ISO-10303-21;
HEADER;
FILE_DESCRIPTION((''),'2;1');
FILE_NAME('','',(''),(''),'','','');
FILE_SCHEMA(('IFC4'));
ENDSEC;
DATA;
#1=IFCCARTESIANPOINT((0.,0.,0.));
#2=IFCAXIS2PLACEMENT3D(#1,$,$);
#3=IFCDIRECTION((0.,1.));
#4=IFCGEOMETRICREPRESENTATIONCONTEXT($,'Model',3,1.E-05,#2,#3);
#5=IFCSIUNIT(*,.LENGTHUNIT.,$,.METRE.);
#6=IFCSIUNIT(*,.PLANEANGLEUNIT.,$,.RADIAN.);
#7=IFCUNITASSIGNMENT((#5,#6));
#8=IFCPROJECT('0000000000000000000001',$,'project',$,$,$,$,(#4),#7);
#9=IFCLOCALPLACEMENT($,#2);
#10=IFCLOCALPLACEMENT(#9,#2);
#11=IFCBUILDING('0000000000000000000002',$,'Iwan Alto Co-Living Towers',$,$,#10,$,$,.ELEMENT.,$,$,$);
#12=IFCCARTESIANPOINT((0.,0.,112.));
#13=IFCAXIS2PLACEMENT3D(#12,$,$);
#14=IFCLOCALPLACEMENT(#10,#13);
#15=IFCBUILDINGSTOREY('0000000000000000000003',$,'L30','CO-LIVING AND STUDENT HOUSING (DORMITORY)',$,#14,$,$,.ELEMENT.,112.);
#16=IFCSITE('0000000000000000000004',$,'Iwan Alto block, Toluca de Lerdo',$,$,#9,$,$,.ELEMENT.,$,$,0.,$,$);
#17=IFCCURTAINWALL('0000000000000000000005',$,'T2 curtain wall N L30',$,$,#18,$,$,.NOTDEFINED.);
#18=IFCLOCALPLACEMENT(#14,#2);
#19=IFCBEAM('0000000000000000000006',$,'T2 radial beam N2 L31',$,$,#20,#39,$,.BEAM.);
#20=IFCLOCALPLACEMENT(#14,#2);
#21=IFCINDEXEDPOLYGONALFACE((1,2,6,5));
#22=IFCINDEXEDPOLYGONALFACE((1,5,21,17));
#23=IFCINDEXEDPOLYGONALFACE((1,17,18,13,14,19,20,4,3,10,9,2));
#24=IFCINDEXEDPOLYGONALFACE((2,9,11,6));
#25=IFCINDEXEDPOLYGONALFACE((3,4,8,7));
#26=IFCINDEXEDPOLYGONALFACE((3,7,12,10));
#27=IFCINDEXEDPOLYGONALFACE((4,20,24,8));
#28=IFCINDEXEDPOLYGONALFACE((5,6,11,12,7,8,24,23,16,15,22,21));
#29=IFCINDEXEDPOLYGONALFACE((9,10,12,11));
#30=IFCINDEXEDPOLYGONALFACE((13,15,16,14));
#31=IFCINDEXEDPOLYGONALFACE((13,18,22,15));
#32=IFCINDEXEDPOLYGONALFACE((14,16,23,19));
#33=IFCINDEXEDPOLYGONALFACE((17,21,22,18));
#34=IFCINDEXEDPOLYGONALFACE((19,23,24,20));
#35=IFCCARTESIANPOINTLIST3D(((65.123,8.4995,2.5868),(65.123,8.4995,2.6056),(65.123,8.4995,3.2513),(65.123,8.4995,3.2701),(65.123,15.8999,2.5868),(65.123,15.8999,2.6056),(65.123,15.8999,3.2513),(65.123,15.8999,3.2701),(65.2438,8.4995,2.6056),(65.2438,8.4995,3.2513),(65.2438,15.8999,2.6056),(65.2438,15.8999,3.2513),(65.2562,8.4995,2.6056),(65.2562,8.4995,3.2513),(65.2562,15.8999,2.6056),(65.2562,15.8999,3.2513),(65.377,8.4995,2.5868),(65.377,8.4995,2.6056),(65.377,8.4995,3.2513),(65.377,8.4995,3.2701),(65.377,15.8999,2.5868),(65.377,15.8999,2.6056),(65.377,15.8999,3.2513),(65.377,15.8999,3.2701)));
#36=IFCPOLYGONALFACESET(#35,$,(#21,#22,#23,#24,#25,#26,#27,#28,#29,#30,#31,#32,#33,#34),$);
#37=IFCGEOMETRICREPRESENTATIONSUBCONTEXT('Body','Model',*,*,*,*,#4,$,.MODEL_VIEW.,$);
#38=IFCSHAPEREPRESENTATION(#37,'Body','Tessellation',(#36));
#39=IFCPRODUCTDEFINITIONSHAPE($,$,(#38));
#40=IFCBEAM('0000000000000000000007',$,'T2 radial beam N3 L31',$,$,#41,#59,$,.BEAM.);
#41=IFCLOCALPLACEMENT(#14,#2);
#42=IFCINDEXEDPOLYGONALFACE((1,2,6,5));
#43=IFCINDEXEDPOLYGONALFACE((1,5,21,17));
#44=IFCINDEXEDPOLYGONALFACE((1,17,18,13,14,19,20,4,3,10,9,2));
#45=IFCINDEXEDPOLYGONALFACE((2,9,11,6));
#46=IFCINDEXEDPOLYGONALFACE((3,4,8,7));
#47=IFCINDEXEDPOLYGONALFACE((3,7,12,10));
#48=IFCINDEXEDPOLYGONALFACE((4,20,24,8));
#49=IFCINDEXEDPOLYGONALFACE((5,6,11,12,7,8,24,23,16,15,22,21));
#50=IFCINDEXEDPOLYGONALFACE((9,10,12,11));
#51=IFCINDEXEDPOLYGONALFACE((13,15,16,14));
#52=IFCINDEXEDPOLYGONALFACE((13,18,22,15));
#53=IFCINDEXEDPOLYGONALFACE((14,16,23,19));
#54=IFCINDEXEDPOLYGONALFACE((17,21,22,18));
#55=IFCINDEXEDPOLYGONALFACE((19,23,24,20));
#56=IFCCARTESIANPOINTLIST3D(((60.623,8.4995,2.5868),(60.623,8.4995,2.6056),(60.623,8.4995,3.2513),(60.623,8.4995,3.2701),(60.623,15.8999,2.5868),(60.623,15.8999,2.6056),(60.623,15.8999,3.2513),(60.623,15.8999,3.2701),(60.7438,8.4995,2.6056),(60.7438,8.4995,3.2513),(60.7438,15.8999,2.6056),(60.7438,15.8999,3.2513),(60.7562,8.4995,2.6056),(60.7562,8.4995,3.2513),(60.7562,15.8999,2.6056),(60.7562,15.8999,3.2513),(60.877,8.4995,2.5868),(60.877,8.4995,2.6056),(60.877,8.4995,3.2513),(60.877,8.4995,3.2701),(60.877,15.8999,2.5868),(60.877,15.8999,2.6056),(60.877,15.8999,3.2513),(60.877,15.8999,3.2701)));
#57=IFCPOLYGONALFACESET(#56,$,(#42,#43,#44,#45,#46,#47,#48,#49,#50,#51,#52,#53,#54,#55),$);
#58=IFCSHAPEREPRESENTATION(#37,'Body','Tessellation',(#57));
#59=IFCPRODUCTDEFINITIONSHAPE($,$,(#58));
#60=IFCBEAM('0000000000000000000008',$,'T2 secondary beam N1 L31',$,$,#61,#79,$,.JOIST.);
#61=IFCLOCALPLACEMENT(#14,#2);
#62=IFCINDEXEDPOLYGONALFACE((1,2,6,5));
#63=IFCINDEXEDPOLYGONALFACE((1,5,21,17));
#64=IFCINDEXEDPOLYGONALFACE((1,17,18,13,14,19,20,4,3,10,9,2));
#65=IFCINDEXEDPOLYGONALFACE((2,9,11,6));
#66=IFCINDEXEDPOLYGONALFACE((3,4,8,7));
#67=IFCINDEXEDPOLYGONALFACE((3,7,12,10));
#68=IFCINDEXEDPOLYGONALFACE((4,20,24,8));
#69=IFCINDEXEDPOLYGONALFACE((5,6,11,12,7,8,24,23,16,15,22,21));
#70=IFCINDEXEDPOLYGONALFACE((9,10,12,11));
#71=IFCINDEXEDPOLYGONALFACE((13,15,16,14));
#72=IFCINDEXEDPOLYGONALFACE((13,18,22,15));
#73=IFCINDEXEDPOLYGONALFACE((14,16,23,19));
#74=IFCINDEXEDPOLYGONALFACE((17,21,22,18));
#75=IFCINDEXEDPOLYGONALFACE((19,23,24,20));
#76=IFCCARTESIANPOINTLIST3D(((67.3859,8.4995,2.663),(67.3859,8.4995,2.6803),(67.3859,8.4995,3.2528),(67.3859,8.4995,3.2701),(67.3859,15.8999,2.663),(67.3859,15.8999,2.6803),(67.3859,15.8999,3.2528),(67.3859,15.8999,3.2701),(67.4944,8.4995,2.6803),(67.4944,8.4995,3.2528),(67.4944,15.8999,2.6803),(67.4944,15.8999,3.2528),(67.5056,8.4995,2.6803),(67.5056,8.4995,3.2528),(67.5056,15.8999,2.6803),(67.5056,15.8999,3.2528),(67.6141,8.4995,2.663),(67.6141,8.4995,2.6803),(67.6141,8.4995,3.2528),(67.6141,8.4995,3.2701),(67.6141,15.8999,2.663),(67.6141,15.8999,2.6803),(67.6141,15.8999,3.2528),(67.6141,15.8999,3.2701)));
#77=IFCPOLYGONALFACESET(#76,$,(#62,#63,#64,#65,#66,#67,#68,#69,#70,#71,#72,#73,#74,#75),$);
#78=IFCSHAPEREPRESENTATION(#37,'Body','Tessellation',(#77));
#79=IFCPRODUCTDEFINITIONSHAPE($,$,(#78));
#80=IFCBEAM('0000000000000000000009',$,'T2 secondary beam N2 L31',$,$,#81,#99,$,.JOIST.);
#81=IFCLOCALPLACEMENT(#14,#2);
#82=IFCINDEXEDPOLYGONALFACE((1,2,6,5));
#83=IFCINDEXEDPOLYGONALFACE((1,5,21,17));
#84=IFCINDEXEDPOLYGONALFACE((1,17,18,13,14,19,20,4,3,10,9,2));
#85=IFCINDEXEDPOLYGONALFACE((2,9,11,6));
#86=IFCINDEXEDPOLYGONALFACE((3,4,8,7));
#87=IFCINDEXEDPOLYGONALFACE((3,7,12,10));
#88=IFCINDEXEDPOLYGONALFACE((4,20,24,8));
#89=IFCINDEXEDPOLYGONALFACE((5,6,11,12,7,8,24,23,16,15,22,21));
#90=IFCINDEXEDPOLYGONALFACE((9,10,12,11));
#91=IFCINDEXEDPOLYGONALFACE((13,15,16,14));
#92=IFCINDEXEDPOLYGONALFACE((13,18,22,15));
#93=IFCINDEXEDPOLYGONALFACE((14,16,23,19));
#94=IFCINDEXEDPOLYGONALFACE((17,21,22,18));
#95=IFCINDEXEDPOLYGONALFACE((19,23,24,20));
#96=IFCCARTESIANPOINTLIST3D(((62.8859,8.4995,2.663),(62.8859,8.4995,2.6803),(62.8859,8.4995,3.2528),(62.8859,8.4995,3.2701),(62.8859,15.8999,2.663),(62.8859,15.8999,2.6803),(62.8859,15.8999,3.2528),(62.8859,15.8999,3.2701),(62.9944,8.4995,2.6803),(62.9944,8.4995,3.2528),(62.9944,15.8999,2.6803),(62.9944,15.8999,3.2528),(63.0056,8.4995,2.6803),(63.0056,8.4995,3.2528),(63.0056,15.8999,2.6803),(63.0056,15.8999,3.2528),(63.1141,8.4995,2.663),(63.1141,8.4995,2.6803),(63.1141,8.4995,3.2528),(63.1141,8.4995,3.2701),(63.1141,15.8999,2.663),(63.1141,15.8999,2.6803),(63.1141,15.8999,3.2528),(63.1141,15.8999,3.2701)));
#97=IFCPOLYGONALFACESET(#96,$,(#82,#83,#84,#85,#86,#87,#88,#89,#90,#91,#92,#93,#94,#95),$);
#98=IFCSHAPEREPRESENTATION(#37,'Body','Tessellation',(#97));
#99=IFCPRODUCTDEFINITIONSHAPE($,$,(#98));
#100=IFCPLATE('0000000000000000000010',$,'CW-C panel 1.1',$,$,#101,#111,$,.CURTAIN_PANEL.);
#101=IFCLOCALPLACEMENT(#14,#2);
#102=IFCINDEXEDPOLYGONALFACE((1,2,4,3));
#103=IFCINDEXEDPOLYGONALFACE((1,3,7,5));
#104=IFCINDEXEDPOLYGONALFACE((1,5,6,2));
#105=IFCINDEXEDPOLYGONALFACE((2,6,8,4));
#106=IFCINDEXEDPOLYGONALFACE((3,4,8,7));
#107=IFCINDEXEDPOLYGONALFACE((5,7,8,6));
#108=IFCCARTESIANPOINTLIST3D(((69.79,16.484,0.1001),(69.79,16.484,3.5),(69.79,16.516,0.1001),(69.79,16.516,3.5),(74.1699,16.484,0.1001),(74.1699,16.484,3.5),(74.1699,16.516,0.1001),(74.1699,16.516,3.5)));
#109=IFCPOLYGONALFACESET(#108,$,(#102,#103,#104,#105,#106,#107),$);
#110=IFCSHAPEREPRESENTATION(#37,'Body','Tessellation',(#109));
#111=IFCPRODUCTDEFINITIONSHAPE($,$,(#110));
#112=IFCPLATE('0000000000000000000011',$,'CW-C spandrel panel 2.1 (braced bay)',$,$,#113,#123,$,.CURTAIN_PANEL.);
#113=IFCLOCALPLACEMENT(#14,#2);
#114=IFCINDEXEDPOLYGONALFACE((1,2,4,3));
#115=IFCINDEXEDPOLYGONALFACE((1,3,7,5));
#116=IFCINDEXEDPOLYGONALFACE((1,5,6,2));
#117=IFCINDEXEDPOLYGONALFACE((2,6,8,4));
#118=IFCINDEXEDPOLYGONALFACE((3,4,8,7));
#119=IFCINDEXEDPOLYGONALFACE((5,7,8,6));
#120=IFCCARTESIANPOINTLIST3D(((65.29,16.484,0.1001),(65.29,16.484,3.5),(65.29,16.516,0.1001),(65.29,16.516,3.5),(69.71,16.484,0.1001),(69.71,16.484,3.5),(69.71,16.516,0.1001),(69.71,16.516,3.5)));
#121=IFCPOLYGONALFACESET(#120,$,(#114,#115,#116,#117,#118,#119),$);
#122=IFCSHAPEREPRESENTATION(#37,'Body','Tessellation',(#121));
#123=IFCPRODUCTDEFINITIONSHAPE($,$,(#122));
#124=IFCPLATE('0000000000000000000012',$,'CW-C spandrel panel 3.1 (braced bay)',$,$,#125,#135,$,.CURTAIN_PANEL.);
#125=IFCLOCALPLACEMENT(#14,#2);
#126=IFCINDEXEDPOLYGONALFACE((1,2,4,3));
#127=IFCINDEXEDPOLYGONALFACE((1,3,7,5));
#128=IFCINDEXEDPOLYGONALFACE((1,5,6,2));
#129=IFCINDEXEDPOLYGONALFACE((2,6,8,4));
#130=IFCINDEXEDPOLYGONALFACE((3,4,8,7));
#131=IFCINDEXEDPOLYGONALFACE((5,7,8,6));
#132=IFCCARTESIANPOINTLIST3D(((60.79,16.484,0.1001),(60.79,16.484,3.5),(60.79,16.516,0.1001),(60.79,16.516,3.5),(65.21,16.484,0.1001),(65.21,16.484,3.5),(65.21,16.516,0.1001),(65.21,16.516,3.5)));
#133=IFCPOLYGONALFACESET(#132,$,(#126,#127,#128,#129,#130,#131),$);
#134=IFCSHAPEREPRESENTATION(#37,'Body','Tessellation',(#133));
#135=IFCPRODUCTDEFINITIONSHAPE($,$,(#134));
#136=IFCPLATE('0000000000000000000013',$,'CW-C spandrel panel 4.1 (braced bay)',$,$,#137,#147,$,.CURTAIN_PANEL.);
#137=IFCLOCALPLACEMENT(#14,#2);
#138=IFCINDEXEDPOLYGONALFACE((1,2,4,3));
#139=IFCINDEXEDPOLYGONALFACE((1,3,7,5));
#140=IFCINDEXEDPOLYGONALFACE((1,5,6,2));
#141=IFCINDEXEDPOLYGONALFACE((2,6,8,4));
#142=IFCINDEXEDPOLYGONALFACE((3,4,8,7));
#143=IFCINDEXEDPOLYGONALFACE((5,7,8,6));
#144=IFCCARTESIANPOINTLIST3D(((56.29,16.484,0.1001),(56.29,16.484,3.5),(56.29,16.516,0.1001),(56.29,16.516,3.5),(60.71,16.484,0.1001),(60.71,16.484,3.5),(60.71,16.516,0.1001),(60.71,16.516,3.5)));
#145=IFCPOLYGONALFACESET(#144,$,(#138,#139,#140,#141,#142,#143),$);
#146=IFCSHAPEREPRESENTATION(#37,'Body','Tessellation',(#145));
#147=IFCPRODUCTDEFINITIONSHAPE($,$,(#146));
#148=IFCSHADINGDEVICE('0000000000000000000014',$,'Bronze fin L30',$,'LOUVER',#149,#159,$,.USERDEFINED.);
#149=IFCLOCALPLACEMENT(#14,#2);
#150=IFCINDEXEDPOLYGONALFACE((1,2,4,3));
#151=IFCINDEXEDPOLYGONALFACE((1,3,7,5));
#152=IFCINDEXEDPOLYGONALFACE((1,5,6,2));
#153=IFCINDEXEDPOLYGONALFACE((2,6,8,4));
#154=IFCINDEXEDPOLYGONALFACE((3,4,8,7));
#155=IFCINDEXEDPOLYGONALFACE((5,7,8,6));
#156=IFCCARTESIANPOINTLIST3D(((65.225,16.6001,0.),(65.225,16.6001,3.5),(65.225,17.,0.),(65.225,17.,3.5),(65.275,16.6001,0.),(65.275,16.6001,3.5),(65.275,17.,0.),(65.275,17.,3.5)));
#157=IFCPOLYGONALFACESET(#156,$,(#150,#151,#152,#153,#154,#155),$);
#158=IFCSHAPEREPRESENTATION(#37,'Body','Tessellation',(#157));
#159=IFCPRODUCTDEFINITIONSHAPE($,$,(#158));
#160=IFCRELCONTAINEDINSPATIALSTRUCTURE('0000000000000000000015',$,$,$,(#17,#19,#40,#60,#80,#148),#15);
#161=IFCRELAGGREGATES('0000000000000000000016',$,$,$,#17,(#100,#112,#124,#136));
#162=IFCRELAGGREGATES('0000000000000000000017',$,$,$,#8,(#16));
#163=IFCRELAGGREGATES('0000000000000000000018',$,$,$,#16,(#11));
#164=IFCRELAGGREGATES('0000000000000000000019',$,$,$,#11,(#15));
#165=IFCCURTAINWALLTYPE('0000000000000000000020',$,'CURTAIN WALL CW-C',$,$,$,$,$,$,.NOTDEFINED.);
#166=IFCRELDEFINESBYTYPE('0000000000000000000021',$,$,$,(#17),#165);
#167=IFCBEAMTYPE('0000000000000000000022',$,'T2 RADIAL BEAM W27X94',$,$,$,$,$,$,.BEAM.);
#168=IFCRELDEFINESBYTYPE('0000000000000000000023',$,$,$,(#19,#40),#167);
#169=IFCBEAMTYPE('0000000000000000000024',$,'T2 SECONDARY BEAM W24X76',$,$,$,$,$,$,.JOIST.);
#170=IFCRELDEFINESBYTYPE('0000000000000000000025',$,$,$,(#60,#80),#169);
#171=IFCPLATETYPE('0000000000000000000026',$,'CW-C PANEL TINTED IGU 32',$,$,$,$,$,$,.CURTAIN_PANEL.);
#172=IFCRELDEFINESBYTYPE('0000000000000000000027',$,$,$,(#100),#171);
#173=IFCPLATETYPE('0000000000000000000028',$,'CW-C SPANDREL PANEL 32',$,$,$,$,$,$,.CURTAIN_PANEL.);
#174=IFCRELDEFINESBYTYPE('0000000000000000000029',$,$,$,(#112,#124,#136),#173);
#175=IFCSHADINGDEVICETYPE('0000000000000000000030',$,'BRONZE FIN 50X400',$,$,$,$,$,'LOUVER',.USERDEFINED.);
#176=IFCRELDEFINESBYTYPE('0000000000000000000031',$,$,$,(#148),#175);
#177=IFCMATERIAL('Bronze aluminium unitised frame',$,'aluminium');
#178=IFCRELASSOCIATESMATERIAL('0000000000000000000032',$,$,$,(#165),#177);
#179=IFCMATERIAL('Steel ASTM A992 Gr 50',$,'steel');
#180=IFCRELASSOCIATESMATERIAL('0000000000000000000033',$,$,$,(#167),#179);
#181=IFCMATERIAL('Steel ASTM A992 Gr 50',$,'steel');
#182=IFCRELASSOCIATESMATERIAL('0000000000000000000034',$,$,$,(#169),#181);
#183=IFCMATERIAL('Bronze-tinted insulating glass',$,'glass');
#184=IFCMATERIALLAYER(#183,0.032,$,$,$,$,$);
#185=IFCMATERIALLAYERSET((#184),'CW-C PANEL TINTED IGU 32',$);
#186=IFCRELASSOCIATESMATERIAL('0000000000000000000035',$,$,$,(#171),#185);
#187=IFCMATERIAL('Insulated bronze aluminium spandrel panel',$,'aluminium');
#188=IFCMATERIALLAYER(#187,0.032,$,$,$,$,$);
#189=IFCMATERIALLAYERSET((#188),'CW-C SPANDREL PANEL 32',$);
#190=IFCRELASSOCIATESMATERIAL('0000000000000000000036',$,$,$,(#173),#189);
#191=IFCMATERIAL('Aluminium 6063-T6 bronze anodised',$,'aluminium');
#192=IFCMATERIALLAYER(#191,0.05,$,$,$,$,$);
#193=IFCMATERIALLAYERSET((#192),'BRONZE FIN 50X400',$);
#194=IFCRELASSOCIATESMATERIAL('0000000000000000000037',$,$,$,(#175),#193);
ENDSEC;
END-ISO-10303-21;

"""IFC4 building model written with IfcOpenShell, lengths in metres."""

from ifc_helpers import new_model, si_unit, direction, frame, origin, origin_2d, place, context, subcontext, project, spatial, rectangle, i_section, extrude, material, layer, layer_set, material_profile, profile_set, type_object, element, aggregate, save


model = new_model("IFC4")

# Units and contexts
model_context = context("Model", 3, precision=1e-05, world=origin(), true_north=direction((0.0, 1.0)))
body_context = subcontext(model_context, "Body", "Model", "MODEL_VIEW")
ifc_project = project(units=[si_unit("LENGTHUNIT", "METRE"), si_unit("PLANEANGLEUNIT", "RADIAN")], contexts=[model_context])

# Site, building, storey
site_placement = place(None, origin())
site = spatial("IfcSite", under=ifc_project, at=site_placement, Name="Iwan Alto block, Toluca de Lerdo", CompositionType="ELEMENT", RefElevation=0.0)
building_placement = place(site_placement, origin())
building = spatial("IfcBuilding", under=site, at=building_placement, Name="Iwan Alto Co-Living Towers", CompositionType="ELEMENT")
storey_placement = place(building_placement, frame((0.0, 0.0, 112.0)))
storey = spatial("IfcBuildingStorey", under=building, at=storey_placement, Name="L30", Description="CO-LIVING AND STUDENT HOUSING (DORMITORY)", CompositionType="ELEMENT", Elevation=112.0)

# Curtain wall
ifc_material_1 = material(Name="Bronze aluminium unitised frame", Category="aluminium")
curtain_wall_type = type_object("IfcCurtainWallType", Name="CURTAIN WALL CW-C", PredefinedType="NOTDEFINED", material=ifc_material_1)
curtain_wall_placement = place(storey_placement, origin())
curtain_wall = element("IfcCurtainWall", 1, at=curtain_wall_placement, inside=storey, type_object=curtain_wall_type, Name="T2 curtain wall N L30", PredefinedType="NOTDEFINED")

# Beams
ifc_material_2 = material(Name="Steel ASTM A992 Gr 50", Category="steel")
ifc_material_profile_1 = material_profile(ifc_material_2, i_section(OverallWidth=0.2539, OverallDepth=0.6833, WebThickness=0.0125, FlangeThickness=0.0188, at=origin_2d()), Name="W27X94")
ifc_profile_set_1 = profile_set([ifc_material_profile_1], Name="Steel ASTM A992 Gr 50")
beam_type_1 = type_object("IfcBeamType", Name="T2 RADIAL BEAM W27X94", PredefinedType="BEAM", material=ifc_profile_set_1)
for number, where, z_axis, x_axis, name in (
    (2, (65.25, 15.8999, 2.9285), (0.0, -1.0, 0.0), (1.0, 0.0, 0.0), "T2 radial beam N2 L31"),
    (3, (60.75, 15.8999, 2.9285), (0.0, -1.0, 0.0), (1.0, 0.0, 0.0), "T2 radial beam N3 L31"),
):
    element("IfcBeam", number, at=place(storey_placement, frame(where, z_axis=z_axis, x_axis=x_axis)), inside=storey, type_object=beam_type_1, Name=name, PredefinedType="BEAM", context=body_context, shape_type="SweptSolid", body=[
        extrude(i_section(OverallWidth=0.2539, OverallDepth=0.6833, WebThickness=0.0125, FlangeThickness=0.0188, at=origin_2d()), origin(), (0.0, 0.0, 1.0), 7.4004),
    ])
ifc_material_3 = material(Name="Steel ASTM A992 Gr 50", Category="steel")
ifc_material_profile_2 = material_profile(ifc_material_3, i_section(OverallWidth=0.2283, OverallDepth=0.6072, WebThickness=0.0112, FlangeThickness=0.0173, at=origin_2d()), Name="W24X76")
ifc_profile_set_2 = profile_set([ifc_material_profile_2], Name="Steel ASTM A992 Gr 50")
beam_type_2 = type_object("IfcBeamType", Name="T2 SECONDARY BEAM W24X76", PredefinedType="JOIST", material=ifc_profile_set_2)
for number, where, z_axis, x_axis, name in (
    (4, (67.5, 15.8999, 2.9666), (0.0, -1.0, 0.0), (1.0, 0.0, 0.0), "T2 secondary beam N1 L31"),
    (5, (63.0, 15.8999, 2.9666), (0.0, -1.0, 0.0), (1.0, 0.0, 0.0), "T2 secondary beam N2 L31"),
):
    element("IfcBeam", number, at=place(storey_placement, frame(where, z_axis=z_axis, x_axis=x_axis)), inside=storey, type_object=beam_type_2, Name=name, PredefinedType="JOIST", context=body_context, shape_type="SweptSolid", body=[
        extrude(i_section(OverallWidth=0.2283, OverallDepth=0.6072, WebThickness=0.0112, FlangeThickness=0.0173, at=origin_2d()), origin(), (0.0, 0.0, 1.0), 7.4004),
    ])

# Plates
ifc_material_4 = material(Name="Bronze-tinted insulating glass", Category="glass")
ifc_layer_1 = layer(ifc_material_4, 0.032)
ifc_layer_set_1 = layer_set([ifc_layer_1], Name="CW-C PANEL TINTED IGU 32")
plate_type_1 = type_object("IfcPlateType", Name="CW-C PANEL TINTED IGU 32", PredefinedType="CURTAIN_PANEL", material=ifc_layer_set_1)
plate_1_placement = place(storey_placement, frame((71.98, 16.5, 0.1001), z_axis=(0.0, 0.0, 1.0), x_axis=(-1.0, 0.0, 0.0)))
plate_1 = element("IfcPlate", 6, at=plate_1_placement, type_object=plate_type_1, Name="CW-C panel 1.1", PredefinedType="CURTAIN_PANEL", context=body_context, shape_type="SweptSolid", body=[
    extrude(rectangle(XDim=4.3799, YDim=0.032, at=origin_2d()), origin(), (0.0, 0.0, 1.0), 3.3999),
])
ifc_material_5 = material(Name="Insulated bronze aluminium spandrel panel", Category="aluminium")
ifc_layer_2 = layer(ifc_material_5, 0.032)
ifc_layer_set_2 = layer_set([ifc_layer_2], Name="CW-C SPANDREL PANEL 32")
plate_type_2 = type_object("IfcPlateType", Name="CW-C SPANDREL PANEL 32", PredefinedType="CURTAIN_PANEL", material=ifc_layer_set_2)
plate_2_placement = place(storey_placement, frame((67.5, 16.5, 0.1001), z_axis=(0.0, 0.0, 1.0), x_axis=(-1.0, 0.0, 0.0)))
plate_2 = element("IfcPlate", 7, at=plate_2_placement, type_object=plate_type_2, Name="CW-C spandrel panel 2.1 (braced bay)", PredefinedType="CURTAIN_PANEL", context=body_context, shape_type="SweptSolid", body=[
    extrude(rectangle(XDim=4.4199, YDim=0.032, at=origin_2d()), origin(), (0.0, 0.0, 1.0), 3.3999),
])
plate_3_placement = place(storey_placement, frame((63.0, 16.5, 0.1001), z_axis=(0.0, 0.0, 1.0), x_axis=(-1.0, 0.0, 0.0)))
plate_3 = element("IfcPlate", 8, at=plate_3_placement, type_object=plate_type_2, Name="CW-C spandrel panel 3.1 (braced bay)", PredefinedType="CURTAIN_PANEL", context=body_context, shape_type="SweptSolid", body=[
    extrude(rectangle(XDim=4.4199, YDim=0.032, at=origin_2d()), origin(), (0.0, 0.0, 1.0), 3.3999),
])
plate_4_placement = place(storey_placement, frame((58.5, 16.5, 0.1001), z_axis=(0.0, 0.0, 1.0), x_axis=(-1.0, 0.0, 0.0)))
plate_4 = element("IfcPlate", 9, at=plate_4_placement, type_object=plate_type_2, Name="CW-C spandrel panel 4.1 (braced bay)", PredefinedType="CURTAIN_PANEL", context=body_context, shape_type="SweptSolid", body=[
    extrude(rectangle(XDim=4.4199, YDim=0.032, at=origin_2d()), origin(), (0.0, 0.0, 1.0), 3.3999),
])
aggregate(curtain_wall, [plate_1, plate_2, plate_3, plate_4])

# Shading device
ifc_material_6 = material(Name="Aluminium 6063-T6 bronze anodised", Category="aluminium")
ifc_layer_3 = layer(ifc_material_6, 0.05)
ifc_layer_set_3 = layer_set([ifc_layer_3], Name="BRONZE FIN 50X400")
shading_device_type = type_object("IfcShadingDeviceType", Name="BRONZE FIN 50X400", ElementType="LOUVER", PredefinedType="USERDEFINED", material=ifc_layer_set_3)
shading_device_placement = place(storey_placement, frame((65.25, 16.8, 0.0), z_axis=(0.0, 0.0, 1.0), x_axis=(-1.0, 0.0, 0.0)))
element("IfcShadingDevice", 10, at=shading_device_placement, inside=storey, type_object=shading_device_type, Name="Bronze fin L30", ObjectType="LOUVER", PredefinedType="USERDEFINED", context=body_context, shape_type="SweptSolid", body=[
    extrude(rectangle(XDim=0.05, YDim=0.3999, at=origin_2d()), origin(), (0.0, 0.0, 1.0), 3.5),
])

save(model, "model.ifc")
